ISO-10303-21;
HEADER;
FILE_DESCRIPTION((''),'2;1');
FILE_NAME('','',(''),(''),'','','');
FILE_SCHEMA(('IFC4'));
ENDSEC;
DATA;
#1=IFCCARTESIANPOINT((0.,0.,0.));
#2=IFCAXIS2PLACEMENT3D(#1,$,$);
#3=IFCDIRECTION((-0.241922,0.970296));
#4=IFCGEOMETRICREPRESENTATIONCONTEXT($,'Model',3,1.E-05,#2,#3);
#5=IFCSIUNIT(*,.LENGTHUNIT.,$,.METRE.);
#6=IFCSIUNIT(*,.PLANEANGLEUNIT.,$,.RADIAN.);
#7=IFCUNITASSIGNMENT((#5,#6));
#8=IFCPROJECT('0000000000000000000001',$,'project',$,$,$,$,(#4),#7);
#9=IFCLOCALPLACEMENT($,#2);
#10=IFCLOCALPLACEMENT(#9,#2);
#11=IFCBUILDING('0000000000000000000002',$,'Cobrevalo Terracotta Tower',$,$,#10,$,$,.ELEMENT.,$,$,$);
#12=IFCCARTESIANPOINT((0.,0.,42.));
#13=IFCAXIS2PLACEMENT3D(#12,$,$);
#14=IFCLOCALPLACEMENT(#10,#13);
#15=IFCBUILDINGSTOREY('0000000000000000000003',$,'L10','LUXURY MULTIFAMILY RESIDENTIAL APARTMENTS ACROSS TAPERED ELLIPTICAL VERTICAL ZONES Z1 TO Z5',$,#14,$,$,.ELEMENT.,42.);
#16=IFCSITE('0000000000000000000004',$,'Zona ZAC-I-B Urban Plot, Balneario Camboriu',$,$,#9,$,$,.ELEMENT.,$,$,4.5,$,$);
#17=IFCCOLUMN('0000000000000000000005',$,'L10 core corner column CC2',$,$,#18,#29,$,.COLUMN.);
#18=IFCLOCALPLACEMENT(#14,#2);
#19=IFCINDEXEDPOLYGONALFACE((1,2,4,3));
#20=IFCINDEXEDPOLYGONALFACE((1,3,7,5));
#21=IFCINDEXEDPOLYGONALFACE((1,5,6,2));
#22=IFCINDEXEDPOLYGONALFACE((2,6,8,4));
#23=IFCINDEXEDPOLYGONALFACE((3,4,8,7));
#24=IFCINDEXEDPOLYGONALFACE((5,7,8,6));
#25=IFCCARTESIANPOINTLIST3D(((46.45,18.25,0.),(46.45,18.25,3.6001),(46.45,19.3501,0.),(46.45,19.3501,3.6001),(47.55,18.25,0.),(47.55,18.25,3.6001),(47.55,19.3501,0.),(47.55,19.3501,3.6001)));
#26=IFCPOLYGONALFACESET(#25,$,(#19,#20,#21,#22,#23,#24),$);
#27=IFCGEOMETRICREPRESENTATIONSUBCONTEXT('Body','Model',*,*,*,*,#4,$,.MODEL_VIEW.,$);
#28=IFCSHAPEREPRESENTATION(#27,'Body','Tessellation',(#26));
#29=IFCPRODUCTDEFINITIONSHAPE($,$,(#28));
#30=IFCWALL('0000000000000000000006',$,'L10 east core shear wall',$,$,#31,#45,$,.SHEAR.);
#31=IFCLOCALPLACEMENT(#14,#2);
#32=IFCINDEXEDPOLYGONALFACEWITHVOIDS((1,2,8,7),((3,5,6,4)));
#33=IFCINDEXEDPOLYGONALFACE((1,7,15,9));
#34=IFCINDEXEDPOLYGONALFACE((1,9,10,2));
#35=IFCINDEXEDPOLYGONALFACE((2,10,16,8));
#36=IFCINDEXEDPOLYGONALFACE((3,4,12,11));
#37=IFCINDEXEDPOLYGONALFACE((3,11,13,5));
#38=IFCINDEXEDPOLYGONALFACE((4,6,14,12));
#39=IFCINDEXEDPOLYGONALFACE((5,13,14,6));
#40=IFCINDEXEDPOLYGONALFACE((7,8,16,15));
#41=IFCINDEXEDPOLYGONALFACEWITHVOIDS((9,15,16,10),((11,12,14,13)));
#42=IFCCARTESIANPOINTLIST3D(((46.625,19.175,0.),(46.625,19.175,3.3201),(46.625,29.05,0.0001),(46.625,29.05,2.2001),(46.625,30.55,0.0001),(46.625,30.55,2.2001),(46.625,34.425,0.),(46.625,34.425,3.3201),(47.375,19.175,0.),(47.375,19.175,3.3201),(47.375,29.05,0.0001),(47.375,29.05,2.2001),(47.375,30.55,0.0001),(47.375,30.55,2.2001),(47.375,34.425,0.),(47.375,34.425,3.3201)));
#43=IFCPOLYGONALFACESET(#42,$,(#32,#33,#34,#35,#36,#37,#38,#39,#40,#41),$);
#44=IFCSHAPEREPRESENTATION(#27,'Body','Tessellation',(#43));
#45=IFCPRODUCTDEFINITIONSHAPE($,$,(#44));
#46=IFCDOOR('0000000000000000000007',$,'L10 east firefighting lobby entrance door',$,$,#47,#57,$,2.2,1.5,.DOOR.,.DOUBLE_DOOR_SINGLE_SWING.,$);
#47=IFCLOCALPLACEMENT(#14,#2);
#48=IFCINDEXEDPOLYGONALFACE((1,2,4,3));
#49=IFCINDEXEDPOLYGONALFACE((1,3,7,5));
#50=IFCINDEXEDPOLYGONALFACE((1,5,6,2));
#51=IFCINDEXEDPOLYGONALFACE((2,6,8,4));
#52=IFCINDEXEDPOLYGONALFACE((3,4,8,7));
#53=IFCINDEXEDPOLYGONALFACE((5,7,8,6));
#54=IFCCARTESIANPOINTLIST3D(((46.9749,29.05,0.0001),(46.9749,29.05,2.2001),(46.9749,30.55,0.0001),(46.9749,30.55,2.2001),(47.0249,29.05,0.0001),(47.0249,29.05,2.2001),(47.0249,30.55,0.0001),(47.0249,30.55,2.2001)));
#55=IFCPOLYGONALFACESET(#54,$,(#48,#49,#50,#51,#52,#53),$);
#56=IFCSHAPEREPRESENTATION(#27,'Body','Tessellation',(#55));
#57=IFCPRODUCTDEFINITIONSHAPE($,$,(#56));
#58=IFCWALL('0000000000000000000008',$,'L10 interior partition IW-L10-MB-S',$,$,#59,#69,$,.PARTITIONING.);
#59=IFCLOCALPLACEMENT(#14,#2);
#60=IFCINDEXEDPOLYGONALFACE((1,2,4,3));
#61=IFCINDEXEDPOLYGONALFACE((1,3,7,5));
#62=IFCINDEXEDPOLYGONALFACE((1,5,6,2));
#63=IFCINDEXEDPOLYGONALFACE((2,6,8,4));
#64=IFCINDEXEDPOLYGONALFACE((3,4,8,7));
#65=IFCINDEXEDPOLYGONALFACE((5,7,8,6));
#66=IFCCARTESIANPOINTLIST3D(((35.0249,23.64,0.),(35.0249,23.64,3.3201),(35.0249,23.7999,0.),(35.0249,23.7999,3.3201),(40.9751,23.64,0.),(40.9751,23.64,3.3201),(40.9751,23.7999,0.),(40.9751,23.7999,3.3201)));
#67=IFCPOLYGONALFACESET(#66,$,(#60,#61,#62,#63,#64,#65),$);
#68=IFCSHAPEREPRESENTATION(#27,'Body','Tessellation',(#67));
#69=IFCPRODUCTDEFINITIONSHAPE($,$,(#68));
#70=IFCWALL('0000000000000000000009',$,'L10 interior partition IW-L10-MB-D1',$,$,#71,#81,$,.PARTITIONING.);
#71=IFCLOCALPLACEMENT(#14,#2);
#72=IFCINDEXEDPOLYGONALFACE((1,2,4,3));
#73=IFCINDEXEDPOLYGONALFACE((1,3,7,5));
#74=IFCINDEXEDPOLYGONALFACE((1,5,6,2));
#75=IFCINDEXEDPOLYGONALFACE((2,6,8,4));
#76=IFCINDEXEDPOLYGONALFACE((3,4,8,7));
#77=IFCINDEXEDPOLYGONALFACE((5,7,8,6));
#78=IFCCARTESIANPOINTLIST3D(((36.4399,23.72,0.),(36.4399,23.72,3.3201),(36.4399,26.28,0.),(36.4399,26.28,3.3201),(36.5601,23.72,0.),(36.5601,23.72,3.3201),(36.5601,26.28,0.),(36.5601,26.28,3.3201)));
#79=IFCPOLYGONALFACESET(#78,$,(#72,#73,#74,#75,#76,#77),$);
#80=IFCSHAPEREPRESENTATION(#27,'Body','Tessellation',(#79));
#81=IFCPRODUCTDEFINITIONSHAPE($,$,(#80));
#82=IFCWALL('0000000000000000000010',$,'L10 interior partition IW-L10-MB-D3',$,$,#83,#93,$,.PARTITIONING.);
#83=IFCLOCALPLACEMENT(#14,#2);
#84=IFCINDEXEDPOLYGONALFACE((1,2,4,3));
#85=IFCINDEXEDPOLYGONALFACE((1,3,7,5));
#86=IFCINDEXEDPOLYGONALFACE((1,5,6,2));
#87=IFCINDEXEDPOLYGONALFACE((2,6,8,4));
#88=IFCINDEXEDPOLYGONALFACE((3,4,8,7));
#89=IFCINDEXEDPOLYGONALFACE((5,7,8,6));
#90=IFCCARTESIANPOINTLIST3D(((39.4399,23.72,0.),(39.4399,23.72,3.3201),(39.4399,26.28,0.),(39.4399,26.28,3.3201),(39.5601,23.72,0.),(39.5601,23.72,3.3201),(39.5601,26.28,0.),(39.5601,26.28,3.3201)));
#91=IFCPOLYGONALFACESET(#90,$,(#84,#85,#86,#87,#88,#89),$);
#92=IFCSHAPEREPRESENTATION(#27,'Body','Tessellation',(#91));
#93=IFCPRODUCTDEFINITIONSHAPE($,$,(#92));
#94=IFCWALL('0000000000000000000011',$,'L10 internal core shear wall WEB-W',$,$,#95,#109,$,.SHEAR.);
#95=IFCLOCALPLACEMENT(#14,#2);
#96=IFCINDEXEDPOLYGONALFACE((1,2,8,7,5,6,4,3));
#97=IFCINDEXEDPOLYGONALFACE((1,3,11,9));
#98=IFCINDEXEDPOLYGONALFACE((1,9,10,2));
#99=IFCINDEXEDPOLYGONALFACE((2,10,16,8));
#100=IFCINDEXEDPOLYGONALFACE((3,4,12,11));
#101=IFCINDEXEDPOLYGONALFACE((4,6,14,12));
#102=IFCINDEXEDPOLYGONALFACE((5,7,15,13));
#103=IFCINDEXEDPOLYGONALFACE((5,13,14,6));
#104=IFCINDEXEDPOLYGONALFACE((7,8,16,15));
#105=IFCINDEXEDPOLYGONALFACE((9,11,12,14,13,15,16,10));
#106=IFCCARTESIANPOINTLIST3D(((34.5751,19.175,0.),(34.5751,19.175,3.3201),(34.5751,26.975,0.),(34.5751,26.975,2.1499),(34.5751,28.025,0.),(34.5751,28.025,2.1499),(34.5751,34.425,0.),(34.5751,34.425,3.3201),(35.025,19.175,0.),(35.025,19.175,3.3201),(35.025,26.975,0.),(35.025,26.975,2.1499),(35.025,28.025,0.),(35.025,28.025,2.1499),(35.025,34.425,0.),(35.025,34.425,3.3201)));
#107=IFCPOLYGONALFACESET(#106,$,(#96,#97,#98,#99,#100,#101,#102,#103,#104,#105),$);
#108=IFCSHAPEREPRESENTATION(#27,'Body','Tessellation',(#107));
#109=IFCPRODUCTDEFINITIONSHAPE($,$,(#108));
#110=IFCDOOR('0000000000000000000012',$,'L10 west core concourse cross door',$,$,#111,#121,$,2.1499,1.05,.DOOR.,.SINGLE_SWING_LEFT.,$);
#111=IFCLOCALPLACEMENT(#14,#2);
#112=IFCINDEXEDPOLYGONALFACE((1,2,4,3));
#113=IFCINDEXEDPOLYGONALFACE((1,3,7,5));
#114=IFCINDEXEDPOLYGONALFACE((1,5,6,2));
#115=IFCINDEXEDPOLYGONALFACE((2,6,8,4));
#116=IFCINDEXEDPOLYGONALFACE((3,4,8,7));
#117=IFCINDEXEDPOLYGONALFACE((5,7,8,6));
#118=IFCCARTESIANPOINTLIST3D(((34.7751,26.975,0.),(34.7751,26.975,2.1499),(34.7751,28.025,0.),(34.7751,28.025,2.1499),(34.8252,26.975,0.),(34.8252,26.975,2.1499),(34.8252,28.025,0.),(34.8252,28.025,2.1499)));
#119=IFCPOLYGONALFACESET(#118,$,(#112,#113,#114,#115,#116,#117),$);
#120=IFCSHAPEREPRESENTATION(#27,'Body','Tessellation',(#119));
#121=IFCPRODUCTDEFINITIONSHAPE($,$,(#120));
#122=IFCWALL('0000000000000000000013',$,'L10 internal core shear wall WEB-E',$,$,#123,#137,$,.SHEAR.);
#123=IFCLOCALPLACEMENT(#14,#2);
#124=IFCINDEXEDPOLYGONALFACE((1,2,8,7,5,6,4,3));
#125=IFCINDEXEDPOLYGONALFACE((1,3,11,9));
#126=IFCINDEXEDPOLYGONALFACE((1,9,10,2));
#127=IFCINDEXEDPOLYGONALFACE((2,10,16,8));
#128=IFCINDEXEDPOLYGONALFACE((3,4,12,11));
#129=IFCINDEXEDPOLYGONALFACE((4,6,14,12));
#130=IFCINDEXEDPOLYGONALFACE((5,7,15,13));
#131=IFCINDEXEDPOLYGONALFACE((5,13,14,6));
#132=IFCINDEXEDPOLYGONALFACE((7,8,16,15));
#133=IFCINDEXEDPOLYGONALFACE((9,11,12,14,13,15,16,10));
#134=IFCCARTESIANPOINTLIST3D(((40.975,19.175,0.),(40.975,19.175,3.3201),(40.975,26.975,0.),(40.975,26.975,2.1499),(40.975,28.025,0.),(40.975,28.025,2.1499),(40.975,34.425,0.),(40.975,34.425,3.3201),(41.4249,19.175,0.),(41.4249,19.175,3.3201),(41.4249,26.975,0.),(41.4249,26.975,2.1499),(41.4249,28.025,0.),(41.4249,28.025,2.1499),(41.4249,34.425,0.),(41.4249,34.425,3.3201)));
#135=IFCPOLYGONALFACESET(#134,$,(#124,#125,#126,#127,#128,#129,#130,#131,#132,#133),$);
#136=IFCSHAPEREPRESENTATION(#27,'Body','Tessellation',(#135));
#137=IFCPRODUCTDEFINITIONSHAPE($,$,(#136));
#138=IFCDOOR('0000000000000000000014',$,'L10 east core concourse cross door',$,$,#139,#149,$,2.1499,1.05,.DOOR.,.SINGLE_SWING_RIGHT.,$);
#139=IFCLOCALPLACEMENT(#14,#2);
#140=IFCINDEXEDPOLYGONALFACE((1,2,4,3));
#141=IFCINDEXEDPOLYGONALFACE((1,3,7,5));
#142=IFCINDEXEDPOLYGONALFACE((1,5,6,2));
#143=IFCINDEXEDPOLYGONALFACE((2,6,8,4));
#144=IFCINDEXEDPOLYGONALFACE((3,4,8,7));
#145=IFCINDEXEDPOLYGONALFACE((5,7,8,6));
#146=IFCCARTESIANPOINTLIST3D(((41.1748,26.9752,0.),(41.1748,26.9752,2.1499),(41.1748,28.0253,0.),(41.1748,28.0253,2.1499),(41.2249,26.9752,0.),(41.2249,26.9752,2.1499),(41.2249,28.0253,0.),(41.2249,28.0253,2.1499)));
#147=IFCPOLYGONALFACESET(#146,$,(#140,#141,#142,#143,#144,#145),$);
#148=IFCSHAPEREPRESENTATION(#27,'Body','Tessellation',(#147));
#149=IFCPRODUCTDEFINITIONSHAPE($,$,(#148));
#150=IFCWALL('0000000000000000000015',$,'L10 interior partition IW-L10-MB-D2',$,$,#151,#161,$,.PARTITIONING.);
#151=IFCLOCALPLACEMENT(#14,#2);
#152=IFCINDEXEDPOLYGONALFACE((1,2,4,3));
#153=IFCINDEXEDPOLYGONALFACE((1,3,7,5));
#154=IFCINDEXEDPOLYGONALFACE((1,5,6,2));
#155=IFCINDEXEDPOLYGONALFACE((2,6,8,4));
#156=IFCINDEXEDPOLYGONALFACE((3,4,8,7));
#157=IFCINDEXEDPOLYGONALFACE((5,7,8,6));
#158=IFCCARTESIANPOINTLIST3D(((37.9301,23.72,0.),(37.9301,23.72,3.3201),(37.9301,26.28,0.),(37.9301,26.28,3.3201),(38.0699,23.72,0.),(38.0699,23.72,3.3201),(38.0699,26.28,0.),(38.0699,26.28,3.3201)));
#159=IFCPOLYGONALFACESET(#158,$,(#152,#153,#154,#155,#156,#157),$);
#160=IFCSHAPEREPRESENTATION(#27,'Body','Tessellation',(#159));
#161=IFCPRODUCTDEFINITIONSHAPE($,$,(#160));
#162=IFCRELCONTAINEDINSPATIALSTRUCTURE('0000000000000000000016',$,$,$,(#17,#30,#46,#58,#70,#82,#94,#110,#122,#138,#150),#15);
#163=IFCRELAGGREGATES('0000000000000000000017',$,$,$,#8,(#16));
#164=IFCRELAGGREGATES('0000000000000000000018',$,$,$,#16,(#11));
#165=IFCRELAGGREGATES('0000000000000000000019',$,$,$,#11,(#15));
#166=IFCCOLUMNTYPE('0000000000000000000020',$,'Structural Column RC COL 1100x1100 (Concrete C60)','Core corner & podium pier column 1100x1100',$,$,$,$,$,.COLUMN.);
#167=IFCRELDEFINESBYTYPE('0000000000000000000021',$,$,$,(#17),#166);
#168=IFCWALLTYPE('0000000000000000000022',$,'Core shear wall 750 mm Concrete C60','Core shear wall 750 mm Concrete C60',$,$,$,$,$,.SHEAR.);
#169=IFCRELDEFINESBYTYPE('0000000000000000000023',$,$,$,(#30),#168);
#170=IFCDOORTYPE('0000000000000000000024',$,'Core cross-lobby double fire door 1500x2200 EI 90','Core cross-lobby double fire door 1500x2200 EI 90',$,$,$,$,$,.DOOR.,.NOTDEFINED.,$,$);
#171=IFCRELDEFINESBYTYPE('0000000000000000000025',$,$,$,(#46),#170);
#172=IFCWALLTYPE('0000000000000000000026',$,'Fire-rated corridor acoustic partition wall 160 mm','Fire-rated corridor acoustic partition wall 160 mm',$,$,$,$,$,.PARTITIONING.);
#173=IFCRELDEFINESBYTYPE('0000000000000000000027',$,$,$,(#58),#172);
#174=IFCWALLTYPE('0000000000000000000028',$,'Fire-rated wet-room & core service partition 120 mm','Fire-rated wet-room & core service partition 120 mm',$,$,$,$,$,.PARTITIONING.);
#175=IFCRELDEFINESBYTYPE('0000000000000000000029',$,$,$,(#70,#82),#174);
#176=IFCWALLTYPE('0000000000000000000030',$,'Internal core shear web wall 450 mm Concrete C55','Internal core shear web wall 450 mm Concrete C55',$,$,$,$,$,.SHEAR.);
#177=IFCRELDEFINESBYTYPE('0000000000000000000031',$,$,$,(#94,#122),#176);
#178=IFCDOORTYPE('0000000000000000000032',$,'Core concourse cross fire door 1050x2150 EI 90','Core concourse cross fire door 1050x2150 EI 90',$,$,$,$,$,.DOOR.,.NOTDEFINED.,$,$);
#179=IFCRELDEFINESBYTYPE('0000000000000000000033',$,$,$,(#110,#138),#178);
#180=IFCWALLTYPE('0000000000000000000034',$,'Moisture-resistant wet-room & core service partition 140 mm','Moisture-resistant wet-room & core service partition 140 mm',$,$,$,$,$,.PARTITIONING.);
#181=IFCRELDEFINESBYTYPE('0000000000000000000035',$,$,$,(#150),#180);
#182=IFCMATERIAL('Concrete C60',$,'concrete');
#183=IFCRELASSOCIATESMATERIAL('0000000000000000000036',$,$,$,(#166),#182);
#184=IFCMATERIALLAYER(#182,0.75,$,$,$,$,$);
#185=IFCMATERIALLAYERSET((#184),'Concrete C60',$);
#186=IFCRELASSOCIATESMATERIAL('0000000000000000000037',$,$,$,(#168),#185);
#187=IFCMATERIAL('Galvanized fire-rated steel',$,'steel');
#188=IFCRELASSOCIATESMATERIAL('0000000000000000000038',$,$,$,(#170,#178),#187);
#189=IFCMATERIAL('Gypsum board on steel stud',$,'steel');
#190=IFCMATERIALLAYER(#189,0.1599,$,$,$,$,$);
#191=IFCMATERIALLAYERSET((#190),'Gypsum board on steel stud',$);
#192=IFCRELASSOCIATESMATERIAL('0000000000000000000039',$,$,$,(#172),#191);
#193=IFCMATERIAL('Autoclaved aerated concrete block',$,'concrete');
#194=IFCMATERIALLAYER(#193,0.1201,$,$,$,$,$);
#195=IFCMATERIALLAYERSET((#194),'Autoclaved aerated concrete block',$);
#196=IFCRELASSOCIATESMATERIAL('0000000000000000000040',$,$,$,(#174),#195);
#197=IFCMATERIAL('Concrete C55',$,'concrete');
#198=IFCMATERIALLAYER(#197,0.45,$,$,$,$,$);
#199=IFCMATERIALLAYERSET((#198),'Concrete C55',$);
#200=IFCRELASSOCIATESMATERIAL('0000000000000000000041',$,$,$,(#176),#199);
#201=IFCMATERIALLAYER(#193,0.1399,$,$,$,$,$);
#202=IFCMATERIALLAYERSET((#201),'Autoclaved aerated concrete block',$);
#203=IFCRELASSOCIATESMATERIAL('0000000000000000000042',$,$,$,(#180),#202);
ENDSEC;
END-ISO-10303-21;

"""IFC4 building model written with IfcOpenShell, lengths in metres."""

from ifc_helpers import new_model, si_unit, direction, frame, frame_2d, origin, origin_2d, place, context, subcontext, project, spatial, rectangle, extrude, source, transform, mapped, material, layer, layer_set, material_profile, profile_set, type_object, element, fill, save


model = new_model("IFC4")

# Units and contexts
model_context = context("Model", 3, precision=1e-05, world=origin(), true_north=direction((-0.241922, 0.970296)))
body_context = subcontext(model_context, "Body", "Model", "MODEL_VIEW")
ifc_project = project(units=[si_unit("LENGTHUNIT", "METRE"), si_unit("PLANEANGLEUNIT", "RADIAN")], contexts=[model_context])

# Site, building, storey
site_placement = place(None, origin())
site = spatial("IfcSite", under=ifc_project, at=site_placement, Name="Zona ZAC-I-B Urban Plot, Balneario Camboriu", CompositionType="ELEMENT", RefElevation=4.5)
building_placement = place(site_placement, origin())
building = spatial("IfcBuilding", under=site, at=building_placement, Name="Cobrevalo Terracotta Tower", CompositionType="ELEMENT")
storey_placement = place(building_placement, frame((0.0, 0.0, 42.0)))
storey = spatial("IfcBuildingStorey", under=building, at=storey_placement, Name="L10", Description="LUXURY MULTIFAMILY RESIDENTIAL APARTMENTS ACROSS TAPERED ELLIPTICAL VERTICAL ZONES Z1 TO Z5", CompositionType="ELEMENT", Elevation=42.0)

# Column
ifc_material_1 = material(Name="Concrete C60", Category="concrete")
ifc_material_profile = material_profile(ifc_material_1, rectangle(XDim=1.1001, YDim=1.1001, at=origin_2d()), Name="RC COL 1100x1100")
ifc_profile_set = profile_set([ifc_material_profile], Name="Concrete C60")
column_type = type_object("IfcColumnType", Name="Structural Column RC COL 1100x1100 (Concrete C60)", Description="Core corner & podium pier column 1100x1100", PredefinedType="COLUMN", material=ifc_profile_set)
column_placement = place(storey_placement, frame((47.0, 18.8, 0.0), z_axis=(0.0, 0.0, 1.0), x_axis=(1.0, 0.0, 0.0)))
element("IfcColumn", 1, at=column_placement, inside=storey, type_object=column_type, Name="L10 core corner column CC2", PredefinedType="COLUMN", context=body_context, shape_type="SweptSolid", body=[
    extrude(rectangle(XDim=1.1001, YDim=1.1001, at=origin_2d()), origin(), (0.0, 0.0, 1.0), 3.6001),
])

# Wall, opening, door
ifc_layer_1 = layer(ifc_material_1, 0.75)
ifc_layer_set_1 = layer_set([ifc_layer_1], Name="Concrete C60")
wall_type_1 = type_object("IfcWallType", Name="Core shear wall 750 mm Concrete C60", Description="Core shear wall 750 mm Concrete C60", PredefinedType="SHEAR", material=ifc_layer_set_1)
wall_1_placement = place(storey_placement, frame((47.0, 19.175, 0.0), z_axis=(0.0, 0.0, 1.0), x_axis=(0.0, 1.0, 0.0)))
wall_1 = element("IfcWall", 2, at=wall_1_placement, inside=storey, type_object=wall_type_1, Name="L10 east core shear wall", PredefinedType="SHEAR", context=body_context, shape_type="SweptSolid", body=[
    extrude(rectangle(XDim=15.25, YDim=0.75, at=frame_2d((7.625, 0.0))), origin(), (0.0, 0.0, 1.0), 3.3201),
])
opening_1_placement = place(wall_1_placement, frame((9.875, 0.0, 0.0)))
opening_1 = element("IfcOpeningElement", 3, at=opening_1_placement, cuts=wall_1, PredefinedType="OPENING", context=body_context, shape_type="SweptSolid", body=[
    extrude(rectangle(XDim=1.5, YDim=2.2, at=frame_2d((0.75, 1.1001))), frame((0.0, 0.385, 0.0), z_axis=(0.0, -1.0, 0.0), x_axis=(1.0, 0.0, 0.0)), (0.0, 0.0, 1.0), 0.77),
])
ifc_material_2 = material(Name="Galvanized fire-rated steel", Category="steel")
door_type_1 = type_object("IfcDoorType", Name="Core cross-lobby double fire door 1500x2200 EI 90", Description="Core cross-lobby double fire door 1500x2200 EI 90", OperationType="NOTDEFINED", PredefinedType="DOOR", material=ifc_material_2)
shared_shape_1 = source(origin(), body_context, "Body", "SweptSolid", [
    extrude(rectangle(XDim=1.5, YDim=2.2, at=frame_2d((0.75, 1.1001))), frame((0.0, 0.0249, 0.0), z_axis=(0.0, -1.0, 0.0), x_axis=(1.0, 0.0, 0.0)), (0.0, 0.0, 1.0), 0.05),
])
door_1_placement = place(opening_1_placement, frame((1.5, 0.0, 0.0), z_axis=(0.0, 0.0, 1.0), x_axis=(-1.0, 0.0, 0.0)))
door_1 = element("IfcDoor", 4, at=door_1_placement, inside=storey, type_object=door_type_1, Name="L10 east firefighting lobby entrance door", OperationType="DOUBLE_DOOR_SINGLE_SWING", OverallHeight=2.2, OverallWidth=1.5, PredefinedType="DOOR", context=body_context, shape_type="MappedRepresentation", body=[
    mapped(shared_shape_1, transform((0.0, 0.0, 0.0), scale=1.0)),
])
fill(opening_1, door_1)

# Walls
ifc_material_3 = material(Name="Gypsum board on steel stud", Category="steel")
ifc_layer_2 = layer(ifc_material_3, 0.1599)
ifc_layer_set_2 = layer_set([ifc_layer_2], Name="Gypsum board on steel stud")
wall_type_2 = type_object("IfcWallType", Name="Fire-rated corridor acoustic partition wall 160 mm", Description="Fire-rated corridor acoustic partition wall 160 mm", PredefinedType="PARTITIONING", material=ifc_layer_set_2)
wall_2_placement = place(storey_placement, frame((35.0249, 23.72, 0.0), z_axis=(0.0, 0.0, 1.0), x_axis=(1.0, 0.0, 0.0)))
element("IfcWall", 5, at=wall_2_placement, inside=storey, type_object=wall_type_2, Name="L10 interior partition IW-L10-MB-S", PredefinedType="PARTITIONING", context=body_context, shape_type="SweptSolid", body=[
    extrude(rectangle(XDim=5.9502, YDim=0.1599, at=frame_2d((2.9751, 0.0))), origin(), (0.0, 0.0, 1.0), 3.3201),
])
ifc_material_4 = material(Name="Autoclaved aerated concrete block", Category="concrete")
ifc_layer_3 = layer(ifc_material_4, 0.1201)
ifc_layer_set_3 = layer_set([ifc_layer_3], Name="Autoclaved aerated concrete block")
wall_type_3 = type_object("IfcWallType", Name="Fire-rated wet-room & core service partition 120 mm", Description="Fire-rated wet-room & core service partition 120 mm", PredefinedType="PARTITIONING", material=ifc_layer_set_3)
for number, where, z_axis, x_axis, name in (
    (6, (36.5, 23.72, 0.0), (0.0, 0.0, 1.0), (0.0, 1.0, 0.0), "L10 interior partition IW-L10-MB-D1"),
    (7, (39.5, 23.72, 0.0), (0.0, 0.0, 1.0), (0.0, 1.0, 0.0), "L10 interior partition IW-L10-MB-D3"),
):
    element("IfcWall", number, at=place(storey_placement, frame(where, z_axis=z_axis, x_axis=x_axis)), inside=storey, type_object=wall_type_3, Name=name, PredefinedType="PARTITIONING", context=body_context, shape_type="SweptSolid", body=[
        extrude(rectangle(XDim=2.5601, YDim=0.1201, at=frame_2d((1.28, 0.0))), origin(), (0.0, 0.0, 1.0), 3.3201),
    ])

# Walls, openings, doors
ifc_material_5 = material(Name="Concrete C55", Category="concrete")
ifc_layer_4 = layer(ifc_material_5, 0.45)
ifc_layer_set_4 = layer_set([ifc_layer_4], Name="Concrete C55")
wall_type_4 = type_object("IfcWallType", Name="Internal core shear web wall 450 mm Concrete C55", Description="Internal core shear web wall 450 mm Concrete C55", PredefinedType="SHEAR", material=ifc_layer_set_4)
wall_3_placement = place(storey_placement, frame((34.8, 19.175, 0.0), z_axis=(0.0, 0.0, 1.0), x_axis=(0.0, 1.0, 0.0)))
wall_3 = element("IfcWall", 8, at=wall_3_placement, inside=storey, type_object=wall_type_4, Name="L10 internal core shear wall WEB-W", PredefinedType="SHEAR", context=body_context, shape_type="SweptSolid", body=[
    extrude(rectangle(XDim=15.25, YDim=0.45, at=frame_2d((7.625, 0.0))), origin(), (0.0, 0.0, 1.0), 3.3201),
])
opening_2_placement = place(wall_3_placement, frame((7.8, 0.0, 0.0)))
opening_2 = element("IfcOpeningElement", 9, at=opening_2_placement, cuts=wall_3, PredefinedType="OPENING", context=body_context, shape_type="SweptSolid", body=[
    extrude(rectangle(XDim=1.05, YDim=2.1499, at=frame_2d((0.5249, 1.075))), frame((0.0, 0.2349, 0.0), z_axis=(0.0, -1.0, 0.0), x_axis=(1.0, 0.0, 0.0)), (0.0, 0.0, 1.0), 0.47),
])
door_type_2 = type_object("IfcDoorType", Name="Core concourse cross fire door 1050x2150 EI 90", Description="Core concourse cross fire door 1050x2150 EI 90", OperationType="NOTDEFINED", PredefinedType="DOOR", material=ifc_material_2)
shared_shape_2 = source(origin(), body_context, "Body", "SweptSolid", [
    extrude(rectangle(XDim=1.05, YDim=2.1499, at=frame_2d((0.5249, 1.075))), frame((0.0, 0.0249, 0.0), z_axis=(0.0, -1.0, 0.0), x_axis=(1.0, 0.0, 0.0)), (0.0, 0.0, 1.0), 0.05),
])
door_2_placement = place(opening_2_placement, origin())
door_2 = element("IfcDoor", 10, at=door_2_placement, inside=storey, type_object=door_type_2, Name="L10 west core concourse cross door", OperationType="SINGLE_SWING_LEFT", OverallHeight=2.1499, OverallWidth=1.05, PredefinedType="DOOR", context=body_context, shape_type="MappedRepresentation", body=[
    mapped(shared_shape_2, transform((0.0, 0.0, 0.0), scale=1.0)),
])
fill(opening_2, door_2)
wall_4_placement = place(storey_placement, frame((41.2, 19.175, 0.0), z_axis=(0.0, 0.0, 1.0), x_axis=(0.0, 1.0, 0.0)))
wall_4 = element("IfcWall", 11, at=wall_4_placement, inside=storey, type_object=wall_type_4, Name="L10 internal core shear wall WEB-E", PredefinedType="SHEAR", context=body_context, shape_type="SweptSolid", body=[
    extrude(rectangle(XDim=15.25, YDim=0.45, at=frame_2d((7.625, 0.0))), origin(), (0.0, 0.0, 1.0), 3.3201),
])
opening_3_placement = place(wall_4_placement, frame((7.8, 0.0, 0.0)))
opening_3 = element("IfcOpeningElement", 12, at=opening_3_placement, cuts=wall_4, PredefinedType="OPENING", context=body_context, shape_type="SweptSolid", body=[
    extrude(rectangle(XDim=1.05, YDim=2.1499, at=frame_2d((0.5249, 1.075))), frame((0.0, 0.2349, 0.0), z_axis=(0.0, -1.0, 0.0), x_axis=(1.0, 0.0, 0.0)), (0.0, 0.0, 1.0), 0.47),
])
door_3_placement = place(opening_3_placement, frame((1.05, 0.0, 0.0), z_axis=(0.0, 0.0, 1.0), x_axis=(-1.0, 0.0, 0.0)))
door_3 = element("IfcDoor", 13, at=door_3_placement, inside=storey, type_object=door_type_2, Name="L10 east core concourse cross door", OperationType="SINGLE_SWING_RIGHT", OverallHeight=2.1499, OverallWidth=1.05, PredefinedType="DOOR", context=body_context, shape_type="MappedRepresentation", body=[
    mapped(shared_shape_2, transform((0.0, 0.0, 0.0), scale=1.0)),
])
fill(opening_3, door_3)

# Wall
ifc_layer_5 = layer(ifc_material_4, 0.1399)
ifc_layer_set_5 = layer_set([ifc_layer_5], Name="Autoclaved aerated concrete block")
wall_type_5 = type_object("IfcWallType", Name="Moisture-resistant wet-room & core service partition 140 mm", Description="Moisture-resistant wet-room & core service partition 140 mm", PredefinedType="PARTITIONING", material=ifc_layer_set_5)
wall_5_placement = place(storey_placement, frame((38.0, 23.72, 0.0), z_axis=(0.0, 0.0, 1.0), x_axis=(0.0, 1.0, 0.0)))
element("IfcWall", 14, at=wall_5_placement, inside=storey, type_object=wall_type_5, Name="L10 interior partition IW-L10-MB-D2", PredefinedType="PARTITIONING", context=body_context, shape_type="SweptSolid", body=[
    extrude(rectangle(XDim=2.5601, YDim=0.1399, at=frame_2d((1.28, 0.0))), origin(), (0.0, 0.0, 1.0), 3.3201),
])

save(model, "model.ifc")
